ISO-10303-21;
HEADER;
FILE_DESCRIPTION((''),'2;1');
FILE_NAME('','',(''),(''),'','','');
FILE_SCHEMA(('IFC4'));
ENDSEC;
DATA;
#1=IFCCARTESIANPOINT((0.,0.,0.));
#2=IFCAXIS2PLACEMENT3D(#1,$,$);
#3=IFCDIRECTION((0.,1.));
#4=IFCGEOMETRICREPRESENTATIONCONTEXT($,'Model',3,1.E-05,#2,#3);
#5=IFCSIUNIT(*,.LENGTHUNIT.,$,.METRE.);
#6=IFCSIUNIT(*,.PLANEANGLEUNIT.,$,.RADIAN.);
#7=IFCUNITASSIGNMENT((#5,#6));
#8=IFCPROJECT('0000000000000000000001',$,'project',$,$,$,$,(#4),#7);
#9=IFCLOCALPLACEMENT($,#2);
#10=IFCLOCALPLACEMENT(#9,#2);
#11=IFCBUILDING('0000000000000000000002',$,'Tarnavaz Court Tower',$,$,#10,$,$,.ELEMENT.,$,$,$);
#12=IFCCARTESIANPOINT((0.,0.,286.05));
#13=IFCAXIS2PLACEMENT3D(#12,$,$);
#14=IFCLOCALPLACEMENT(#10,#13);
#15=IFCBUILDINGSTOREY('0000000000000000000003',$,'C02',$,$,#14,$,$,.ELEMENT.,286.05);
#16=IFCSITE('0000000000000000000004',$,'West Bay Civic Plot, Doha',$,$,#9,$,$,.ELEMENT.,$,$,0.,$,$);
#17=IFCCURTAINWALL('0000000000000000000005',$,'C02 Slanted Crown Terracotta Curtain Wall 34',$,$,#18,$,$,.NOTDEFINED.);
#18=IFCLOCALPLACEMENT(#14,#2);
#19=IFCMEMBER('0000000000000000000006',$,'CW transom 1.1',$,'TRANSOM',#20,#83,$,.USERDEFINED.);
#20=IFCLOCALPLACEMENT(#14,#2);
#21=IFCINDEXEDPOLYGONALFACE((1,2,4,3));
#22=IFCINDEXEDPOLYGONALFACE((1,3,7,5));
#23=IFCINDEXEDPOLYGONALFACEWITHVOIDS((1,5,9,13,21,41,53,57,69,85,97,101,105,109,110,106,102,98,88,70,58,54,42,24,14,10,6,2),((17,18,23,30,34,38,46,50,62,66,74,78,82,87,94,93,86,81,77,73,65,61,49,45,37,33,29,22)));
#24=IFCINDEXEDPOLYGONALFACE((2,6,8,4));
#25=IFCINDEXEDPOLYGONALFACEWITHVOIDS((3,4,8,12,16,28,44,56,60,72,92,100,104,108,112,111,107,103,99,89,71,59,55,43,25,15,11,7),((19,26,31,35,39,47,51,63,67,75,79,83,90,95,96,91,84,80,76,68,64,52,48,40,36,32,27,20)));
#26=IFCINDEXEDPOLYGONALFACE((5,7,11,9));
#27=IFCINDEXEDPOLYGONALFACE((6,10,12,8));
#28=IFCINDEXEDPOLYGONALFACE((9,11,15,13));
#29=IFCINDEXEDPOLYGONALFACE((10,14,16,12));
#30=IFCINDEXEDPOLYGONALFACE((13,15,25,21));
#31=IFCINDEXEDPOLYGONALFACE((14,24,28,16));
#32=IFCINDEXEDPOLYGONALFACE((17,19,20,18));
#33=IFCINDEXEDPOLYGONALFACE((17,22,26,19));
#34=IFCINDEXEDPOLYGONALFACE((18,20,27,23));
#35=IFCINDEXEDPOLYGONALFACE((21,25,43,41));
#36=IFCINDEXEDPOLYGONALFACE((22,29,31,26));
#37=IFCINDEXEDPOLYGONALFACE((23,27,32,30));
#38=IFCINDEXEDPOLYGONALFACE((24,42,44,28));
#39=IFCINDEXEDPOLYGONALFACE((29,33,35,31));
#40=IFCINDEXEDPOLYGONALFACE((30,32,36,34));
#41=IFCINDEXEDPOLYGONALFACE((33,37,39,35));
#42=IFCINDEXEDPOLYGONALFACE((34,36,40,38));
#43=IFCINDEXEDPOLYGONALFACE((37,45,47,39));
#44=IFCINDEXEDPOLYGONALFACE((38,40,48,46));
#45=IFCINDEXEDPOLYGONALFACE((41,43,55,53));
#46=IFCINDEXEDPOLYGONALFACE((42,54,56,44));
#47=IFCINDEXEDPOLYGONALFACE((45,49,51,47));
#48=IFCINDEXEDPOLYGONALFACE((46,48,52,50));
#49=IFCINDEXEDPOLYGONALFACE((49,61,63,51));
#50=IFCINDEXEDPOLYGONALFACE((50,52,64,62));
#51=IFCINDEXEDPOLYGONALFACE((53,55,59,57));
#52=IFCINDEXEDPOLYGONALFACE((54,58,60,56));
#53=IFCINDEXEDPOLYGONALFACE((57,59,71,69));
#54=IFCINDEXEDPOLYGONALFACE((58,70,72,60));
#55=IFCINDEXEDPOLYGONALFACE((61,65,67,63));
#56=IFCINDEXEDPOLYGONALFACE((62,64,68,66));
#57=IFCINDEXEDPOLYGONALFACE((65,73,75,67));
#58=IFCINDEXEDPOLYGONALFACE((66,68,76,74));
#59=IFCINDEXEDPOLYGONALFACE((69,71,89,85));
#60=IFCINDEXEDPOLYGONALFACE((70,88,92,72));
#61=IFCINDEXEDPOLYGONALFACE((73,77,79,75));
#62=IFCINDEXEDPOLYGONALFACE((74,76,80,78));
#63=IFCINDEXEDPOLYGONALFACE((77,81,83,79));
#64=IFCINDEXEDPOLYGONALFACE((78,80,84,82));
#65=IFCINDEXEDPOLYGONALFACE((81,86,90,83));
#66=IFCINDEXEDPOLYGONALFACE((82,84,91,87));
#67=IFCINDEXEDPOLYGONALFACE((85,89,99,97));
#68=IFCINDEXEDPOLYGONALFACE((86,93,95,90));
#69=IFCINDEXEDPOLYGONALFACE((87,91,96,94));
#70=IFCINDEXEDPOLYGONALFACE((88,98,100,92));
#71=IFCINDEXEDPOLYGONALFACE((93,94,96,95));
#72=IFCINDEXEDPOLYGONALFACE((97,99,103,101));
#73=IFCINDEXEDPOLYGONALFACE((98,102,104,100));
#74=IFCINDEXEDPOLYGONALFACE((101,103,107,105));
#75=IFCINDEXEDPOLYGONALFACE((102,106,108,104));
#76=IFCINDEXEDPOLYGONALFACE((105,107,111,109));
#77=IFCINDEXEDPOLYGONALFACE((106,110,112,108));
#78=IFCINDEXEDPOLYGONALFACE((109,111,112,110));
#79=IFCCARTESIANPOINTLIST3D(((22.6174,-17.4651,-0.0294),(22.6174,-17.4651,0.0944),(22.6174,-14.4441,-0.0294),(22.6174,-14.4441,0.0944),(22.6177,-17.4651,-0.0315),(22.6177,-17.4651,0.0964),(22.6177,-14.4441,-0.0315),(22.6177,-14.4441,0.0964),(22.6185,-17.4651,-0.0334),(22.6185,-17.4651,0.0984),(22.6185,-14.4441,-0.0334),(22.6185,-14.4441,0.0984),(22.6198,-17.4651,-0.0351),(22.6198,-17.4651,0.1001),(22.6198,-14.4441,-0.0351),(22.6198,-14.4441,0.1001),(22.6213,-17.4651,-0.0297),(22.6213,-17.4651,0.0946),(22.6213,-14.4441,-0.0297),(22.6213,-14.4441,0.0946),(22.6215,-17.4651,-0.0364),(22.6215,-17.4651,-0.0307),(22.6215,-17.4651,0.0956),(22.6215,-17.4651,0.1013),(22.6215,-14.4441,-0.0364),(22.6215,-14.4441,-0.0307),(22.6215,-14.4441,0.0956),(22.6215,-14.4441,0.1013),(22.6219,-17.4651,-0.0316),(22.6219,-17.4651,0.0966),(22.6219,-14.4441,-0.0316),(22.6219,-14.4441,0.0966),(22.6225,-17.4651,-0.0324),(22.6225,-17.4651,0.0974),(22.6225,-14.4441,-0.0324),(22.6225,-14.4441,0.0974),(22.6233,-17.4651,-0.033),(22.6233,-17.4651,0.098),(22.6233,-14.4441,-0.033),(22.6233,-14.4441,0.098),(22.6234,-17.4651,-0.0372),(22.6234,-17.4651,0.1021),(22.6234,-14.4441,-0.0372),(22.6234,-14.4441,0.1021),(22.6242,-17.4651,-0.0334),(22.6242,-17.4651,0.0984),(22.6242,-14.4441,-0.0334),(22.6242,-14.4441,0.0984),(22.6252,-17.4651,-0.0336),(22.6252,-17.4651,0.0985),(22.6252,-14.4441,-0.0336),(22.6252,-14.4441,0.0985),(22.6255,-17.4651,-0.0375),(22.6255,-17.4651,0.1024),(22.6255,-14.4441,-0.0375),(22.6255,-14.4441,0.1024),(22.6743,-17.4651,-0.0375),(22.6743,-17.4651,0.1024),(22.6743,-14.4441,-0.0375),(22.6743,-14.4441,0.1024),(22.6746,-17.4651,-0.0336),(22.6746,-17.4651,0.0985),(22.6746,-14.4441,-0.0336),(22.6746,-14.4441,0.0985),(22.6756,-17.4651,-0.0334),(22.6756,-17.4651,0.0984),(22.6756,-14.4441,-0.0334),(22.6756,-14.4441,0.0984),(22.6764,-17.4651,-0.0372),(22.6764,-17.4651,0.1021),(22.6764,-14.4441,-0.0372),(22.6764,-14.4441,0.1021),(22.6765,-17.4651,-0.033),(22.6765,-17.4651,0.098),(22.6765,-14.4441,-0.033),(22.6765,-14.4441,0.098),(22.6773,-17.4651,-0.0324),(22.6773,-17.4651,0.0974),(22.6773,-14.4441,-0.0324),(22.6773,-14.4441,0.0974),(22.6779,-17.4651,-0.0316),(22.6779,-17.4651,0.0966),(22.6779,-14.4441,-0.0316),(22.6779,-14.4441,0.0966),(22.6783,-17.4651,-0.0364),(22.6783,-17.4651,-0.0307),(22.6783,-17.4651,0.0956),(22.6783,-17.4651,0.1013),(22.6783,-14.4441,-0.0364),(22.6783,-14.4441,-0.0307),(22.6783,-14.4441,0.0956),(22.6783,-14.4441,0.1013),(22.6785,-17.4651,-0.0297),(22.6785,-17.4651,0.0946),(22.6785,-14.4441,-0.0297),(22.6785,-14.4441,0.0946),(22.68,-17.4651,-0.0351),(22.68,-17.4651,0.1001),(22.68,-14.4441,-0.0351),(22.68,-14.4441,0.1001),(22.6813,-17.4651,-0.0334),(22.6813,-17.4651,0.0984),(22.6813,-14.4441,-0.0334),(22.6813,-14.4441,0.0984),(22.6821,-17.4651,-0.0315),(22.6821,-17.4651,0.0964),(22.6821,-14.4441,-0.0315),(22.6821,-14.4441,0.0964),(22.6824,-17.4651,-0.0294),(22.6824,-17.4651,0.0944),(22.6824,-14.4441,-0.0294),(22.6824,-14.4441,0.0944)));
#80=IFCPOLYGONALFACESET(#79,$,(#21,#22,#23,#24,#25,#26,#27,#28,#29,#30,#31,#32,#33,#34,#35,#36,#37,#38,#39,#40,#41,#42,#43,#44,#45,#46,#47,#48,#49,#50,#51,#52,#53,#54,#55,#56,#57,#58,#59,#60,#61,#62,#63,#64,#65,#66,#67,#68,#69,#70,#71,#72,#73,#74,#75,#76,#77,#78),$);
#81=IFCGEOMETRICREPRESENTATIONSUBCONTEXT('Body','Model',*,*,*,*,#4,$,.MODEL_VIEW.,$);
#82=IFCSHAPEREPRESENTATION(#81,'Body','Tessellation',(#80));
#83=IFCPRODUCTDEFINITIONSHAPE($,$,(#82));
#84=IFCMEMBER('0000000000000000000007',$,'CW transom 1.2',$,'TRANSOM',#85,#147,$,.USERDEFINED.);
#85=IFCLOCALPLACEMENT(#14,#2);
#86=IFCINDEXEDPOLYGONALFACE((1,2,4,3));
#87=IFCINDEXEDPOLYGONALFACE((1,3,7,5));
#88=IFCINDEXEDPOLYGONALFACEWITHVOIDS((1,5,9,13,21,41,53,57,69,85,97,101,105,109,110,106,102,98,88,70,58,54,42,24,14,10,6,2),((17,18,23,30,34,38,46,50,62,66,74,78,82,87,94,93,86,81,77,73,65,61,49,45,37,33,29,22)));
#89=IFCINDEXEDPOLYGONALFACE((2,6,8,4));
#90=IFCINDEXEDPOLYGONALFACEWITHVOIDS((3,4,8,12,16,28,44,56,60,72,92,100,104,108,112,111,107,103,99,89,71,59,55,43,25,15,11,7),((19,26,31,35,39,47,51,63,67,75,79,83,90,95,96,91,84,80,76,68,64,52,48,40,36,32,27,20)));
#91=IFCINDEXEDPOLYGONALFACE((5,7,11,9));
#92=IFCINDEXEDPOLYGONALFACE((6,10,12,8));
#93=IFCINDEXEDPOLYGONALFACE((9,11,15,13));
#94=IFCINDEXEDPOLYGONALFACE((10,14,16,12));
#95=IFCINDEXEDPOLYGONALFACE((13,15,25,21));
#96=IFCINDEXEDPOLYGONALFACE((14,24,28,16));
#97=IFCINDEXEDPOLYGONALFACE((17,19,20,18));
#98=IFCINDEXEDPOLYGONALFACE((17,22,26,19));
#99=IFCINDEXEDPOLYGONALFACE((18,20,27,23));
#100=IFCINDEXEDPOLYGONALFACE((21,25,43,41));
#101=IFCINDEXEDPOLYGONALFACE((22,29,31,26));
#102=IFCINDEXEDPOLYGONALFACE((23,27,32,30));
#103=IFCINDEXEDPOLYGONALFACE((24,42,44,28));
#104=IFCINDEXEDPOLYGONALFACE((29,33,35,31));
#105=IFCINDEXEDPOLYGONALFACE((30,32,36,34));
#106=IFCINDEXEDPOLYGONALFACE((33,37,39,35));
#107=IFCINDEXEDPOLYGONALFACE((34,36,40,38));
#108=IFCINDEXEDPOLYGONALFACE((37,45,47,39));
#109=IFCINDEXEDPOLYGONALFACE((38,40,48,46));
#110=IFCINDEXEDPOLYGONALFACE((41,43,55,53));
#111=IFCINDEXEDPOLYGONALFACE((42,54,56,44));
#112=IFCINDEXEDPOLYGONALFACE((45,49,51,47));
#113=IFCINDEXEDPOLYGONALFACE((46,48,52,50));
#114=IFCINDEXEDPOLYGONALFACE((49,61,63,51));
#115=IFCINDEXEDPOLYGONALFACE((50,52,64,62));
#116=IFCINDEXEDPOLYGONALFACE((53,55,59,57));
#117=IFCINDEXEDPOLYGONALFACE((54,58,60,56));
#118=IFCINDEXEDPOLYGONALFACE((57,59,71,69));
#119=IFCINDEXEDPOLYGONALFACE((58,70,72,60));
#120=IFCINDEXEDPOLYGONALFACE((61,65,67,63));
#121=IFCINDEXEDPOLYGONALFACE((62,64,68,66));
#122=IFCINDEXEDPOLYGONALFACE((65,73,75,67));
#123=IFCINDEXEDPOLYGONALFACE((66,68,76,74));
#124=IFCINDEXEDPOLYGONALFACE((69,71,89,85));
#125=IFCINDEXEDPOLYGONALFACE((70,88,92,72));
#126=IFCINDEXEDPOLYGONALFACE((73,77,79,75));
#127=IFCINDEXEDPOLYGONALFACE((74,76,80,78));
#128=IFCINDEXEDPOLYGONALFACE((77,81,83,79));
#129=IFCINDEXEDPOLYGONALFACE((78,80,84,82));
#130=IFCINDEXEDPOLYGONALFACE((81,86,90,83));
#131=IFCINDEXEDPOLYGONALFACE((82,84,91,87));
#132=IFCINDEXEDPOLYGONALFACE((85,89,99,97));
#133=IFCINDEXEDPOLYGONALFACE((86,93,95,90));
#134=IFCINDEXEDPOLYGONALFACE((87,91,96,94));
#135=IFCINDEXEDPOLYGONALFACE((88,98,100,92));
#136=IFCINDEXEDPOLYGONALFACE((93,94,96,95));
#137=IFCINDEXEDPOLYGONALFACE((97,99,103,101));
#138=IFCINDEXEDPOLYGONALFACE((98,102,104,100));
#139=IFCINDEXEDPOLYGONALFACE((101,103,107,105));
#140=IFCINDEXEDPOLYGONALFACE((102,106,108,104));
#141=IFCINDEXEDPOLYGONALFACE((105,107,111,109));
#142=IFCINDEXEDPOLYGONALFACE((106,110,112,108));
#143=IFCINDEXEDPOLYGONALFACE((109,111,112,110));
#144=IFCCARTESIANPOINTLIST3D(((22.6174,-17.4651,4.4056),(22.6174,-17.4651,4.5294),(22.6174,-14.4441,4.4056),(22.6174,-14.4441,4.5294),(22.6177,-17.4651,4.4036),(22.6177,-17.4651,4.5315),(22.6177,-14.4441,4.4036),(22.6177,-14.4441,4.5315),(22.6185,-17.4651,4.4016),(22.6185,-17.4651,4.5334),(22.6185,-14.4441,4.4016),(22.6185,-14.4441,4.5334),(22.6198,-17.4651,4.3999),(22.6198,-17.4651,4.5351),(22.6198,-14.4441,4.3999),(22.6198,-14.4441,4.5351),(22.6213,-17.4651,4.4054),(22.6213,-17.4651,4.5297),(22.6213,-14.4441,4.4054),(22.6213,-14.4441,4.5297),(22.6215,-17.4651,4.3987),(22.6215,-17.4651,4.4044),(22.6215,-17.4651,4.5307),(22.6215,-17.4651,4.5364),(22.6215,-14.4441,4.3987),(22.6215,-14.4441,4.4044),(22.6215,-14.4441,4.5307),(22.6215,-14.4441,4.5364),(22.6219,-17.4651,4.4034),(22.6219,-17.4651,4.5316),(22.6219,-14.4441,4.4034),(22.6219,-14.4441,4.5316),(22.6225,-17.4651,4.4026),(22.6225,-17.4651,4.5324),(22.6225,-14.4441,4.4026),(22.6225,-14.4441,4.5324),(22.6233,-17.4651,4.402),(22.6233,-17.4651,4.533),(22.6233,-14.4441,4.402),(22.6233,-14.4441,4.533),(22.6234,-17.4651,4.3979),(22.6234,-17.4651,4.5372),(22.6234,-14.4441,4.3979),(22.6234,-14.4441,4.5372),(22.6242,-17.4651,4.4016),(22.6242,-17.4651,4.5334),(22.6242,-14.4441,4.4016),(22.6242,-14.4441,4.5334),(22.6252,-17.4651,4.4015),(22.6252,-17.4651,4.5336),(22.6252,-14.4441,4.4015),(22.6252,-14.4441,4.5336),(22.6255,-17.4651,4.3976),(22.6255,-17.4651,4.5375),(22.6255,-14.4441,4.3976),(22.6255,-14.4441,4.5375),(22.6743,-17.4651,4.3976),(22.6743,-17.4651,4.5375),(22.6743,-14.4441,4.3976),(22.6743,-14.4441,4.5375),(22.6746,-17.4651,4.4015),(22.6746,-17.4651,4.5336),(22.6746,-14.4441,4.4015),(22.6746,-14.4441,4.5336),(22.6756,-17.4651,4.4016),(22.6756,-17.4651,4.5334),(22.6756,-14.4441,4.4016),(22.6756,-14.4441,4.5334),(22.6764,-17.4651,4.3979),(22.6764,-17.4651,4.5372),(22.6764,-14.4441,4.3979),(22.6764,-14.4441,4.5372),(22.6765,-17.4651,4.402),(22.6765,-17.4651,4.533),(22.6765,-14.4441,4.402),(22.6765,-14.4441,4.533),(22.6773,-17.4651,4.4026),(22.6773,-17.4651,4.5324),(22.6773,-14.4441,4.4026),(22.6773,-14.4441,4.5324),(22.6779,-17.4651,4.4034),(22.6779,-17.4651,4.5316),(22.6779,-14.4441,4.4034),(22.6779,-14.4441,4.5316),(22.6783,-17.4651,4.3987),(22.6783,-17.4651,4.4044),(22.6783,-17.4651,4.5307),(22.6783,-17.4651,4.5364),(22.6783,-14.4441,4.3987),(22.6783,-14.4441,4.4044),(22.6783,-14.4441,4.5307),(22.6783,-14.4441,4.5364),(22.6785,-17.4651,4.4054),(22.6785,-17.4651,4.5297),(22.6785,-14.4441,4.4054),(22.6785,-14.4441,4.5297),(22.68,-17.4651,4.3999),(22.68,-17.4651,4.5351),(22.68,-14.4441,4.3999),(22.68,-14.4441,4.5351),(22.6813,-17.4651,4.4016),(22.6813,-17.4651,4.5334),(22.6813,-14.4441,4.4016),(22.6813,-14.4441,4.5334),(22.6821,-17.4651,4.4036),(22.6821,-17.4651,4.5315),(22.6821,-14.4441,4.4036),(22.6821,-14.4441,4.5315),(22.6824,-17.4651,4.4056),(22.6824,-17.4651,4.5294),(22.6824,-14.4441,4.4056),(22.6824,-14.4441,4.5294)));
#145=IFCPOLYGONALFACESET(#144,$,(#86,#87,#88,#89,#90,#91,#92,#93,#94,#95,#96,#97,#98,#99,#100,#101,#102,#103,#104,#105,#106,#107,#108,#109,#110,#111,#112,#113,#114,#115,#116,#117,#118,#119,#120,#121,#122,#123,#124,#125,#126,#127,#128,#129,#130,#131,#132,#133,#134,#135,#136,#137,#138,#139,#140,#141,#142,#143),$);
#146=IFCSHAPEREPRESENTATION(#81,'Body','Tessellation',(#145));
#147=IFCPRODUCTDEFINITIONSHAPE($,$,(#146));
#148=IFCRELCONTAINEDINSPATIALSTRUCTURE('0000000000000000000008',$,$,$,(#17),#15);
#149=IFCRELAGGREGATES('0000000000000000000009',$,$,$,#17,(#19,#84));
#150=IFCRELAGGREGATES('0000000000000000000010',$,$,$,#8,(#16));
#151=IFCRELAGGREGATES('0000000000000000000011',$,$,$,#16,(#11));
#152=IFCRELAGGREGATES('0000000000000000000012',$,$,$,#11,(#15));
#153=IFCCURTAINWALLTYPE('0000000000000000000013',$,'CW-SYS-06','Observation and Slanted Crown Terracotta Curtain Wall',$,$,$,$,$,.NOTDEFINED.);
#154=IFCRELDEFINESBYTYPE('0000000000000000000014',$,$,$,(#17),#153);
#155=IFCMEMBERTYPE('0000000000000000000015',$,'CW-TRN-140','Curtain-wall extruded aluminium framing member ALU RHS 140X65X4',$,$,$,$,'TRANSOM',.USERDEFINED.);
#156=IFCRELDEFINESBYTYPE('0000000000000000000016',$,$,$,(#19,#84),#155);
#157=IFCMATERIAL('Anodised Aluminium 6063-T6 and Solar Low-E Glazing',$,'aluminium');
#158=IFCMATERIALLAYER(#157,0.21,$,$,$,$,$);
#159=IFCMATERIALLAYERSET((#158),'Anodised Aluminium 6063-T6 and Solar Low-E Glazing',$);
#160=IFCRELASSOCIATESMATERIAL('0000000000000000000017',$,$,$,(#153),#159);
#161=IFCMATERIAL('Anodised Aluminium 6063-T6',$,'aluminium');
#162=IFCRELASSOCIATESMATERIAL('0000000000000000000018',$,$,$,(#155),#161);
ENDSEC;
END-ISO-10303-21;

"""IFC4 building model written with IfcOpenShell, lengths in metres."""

from ifc_helpers import new_model, si_unit, direction, frame, origin, origin_2d, place, context, subcontext, project, spatial, hollow_rectangle, extrude, material, layer, layer_set, material_profile, profile_set, type_object, element, aggregate, save


model = new_model("IFC4")

# Units and contexts
model_context = context("Model", 3, precision=1e-05, world=origin(), true_north=direction((0.0, 1.0)))
body_context = subcontext(model_context, "Body", "Model", "MODEL_VIEW")
ifc_project = project(units=[si_unit("LENGTHUNIT", "METRE"), si_unit("PLANEANGLEUNIT", "RADIAN")], contexts=[model_context])

# Site, building, storey
site_placement = place(None, origin())
site = spatial("IfcSite", under=ifc_project, at=site_placement, Name="West Bay Civic Plot, Doha", CompositionType="ELEMENT", RefElevation=0.0)
building_placement = place(site_placement, origin())
building = spatial("IfcBuilding", under=site, at=building_placement, Name="Tarnavaz Court Tower", CompositionType="ELEMENT")
storey_placement = place(building_placement, frame((0.0, 0.0, 286.05)))
storey = spatial("IfcBuildingStorey", under=building, at=storey_placement, Name="C02", CompositionType="ELEMENT", Elevation=286.05)

# Shared definitions
ifc_material_1 = material(Name="Anodised Aluminium 6063-T6 and Solar Low-E Glazing", Category="aluminium")
ifc_layer_1 = layer(ifc_material_1, 0.21)
ifc_layer_set_1 = layer_set([ifc_layer_1], Name="Anodised Aluminium 6063-T6 and Solar Low-E Glazing")
curtain_wall_type = type_object("IfcCurtainWallType", Name="CW-SYS-06", Description="Observation and Slanted Crown Terracotta Curtain Wall", PredefinedType="NOTDEFINED", material=ifc_layer_set_1)
ifc_material_2 = material(Name="Anodised Aluminium 6063-T6", Category="aluminium")

# Curtain wall
curtain_wall_1_placement = place(storey_placement, origin())
curtain_wall_1 = element("IfcCurtainWall", 1, at=curtain_wall_1_placement, inside=storey, type_object=curtain_wall_type, Name="C02 Slanted Crown Terracotta Curtain Wall 34", PredefinedType="NOTDEFINED")

# Members
ifc_material_profile_1 = material_profile(ifc_material_2, hollow_rectangle(XDim=0.0649, YDim=0.1399, WallThickness=0.0039, InnerFilletRadius=0.0039, OuterFilletRadius=0.0081, at=origin_2d()), Name="ALU RHS 140X65X4")
ifc_profile_set_1 = profile_set([ifc_material_profile_1], Name="Anodised Aluminium 6063-T6")
member_type_1 = type_object("IfcMemberType", Name="CW-TRN-140", Description="Curtain-wall extruded aluminium framing member ALU RHS 140X65X4", ElementType="TRANSOM", PredefinedType="USERDEFINED", material=ifc_profile_set_1)
member_1_placement = place(storey_placement, frame((22.6499, -14.4441, 0.0325), z_axis=(0.0, -1.0, 0.0), x_axis=(1.0, 0.0, 0.0)))
member_1 = element("IfcMember", 2, at=member_1_placement, type_object=member_type_1, Name="CW transom 1.1", ObjectType="TRANSOM", PredefinedType="USERDEFINED", context=body_context, shape_type="SweptSolid", body=[
    extrude(hollow_rectangle(XDim=0.0649, YDim=0.1399, WallThickness=0.0039, InnerFilletRadius=0.0039, OuterFilletRadius=0.0081, at=origin_2d()), origin(), (0.0, 0.0, 1.0), 3.021),
])
member_2_placement = place(storey_placement, frame((22.6499, -14.4441, 4.4675), z_axis=(0.0, -1.0, 0.0), x_axis=(1.0, 0.0, 0.0)))
member_2 = element("IfcMember", 3, at=member_2_placement, type_object=member_type_1, Name="CW transom 1.2", ObjectType="TRANSOM", PredefinedType="USERDEFINED", context=body_context, shape_type="SweptSolid", body=[
    extrude(hollow_rectangle(XDim=0.0649, YDim=0.1399, WallThickness=0.0039, InnerFilletRadius=0.0039, OuterFilletRadius=0.0081, at=origin_2d()), origin(), (0.0, 0.0, 1.0), 3.021),
])

aggregate(curtain_wall_1, [member_1, member_2])

save(model, "model.ifc")
